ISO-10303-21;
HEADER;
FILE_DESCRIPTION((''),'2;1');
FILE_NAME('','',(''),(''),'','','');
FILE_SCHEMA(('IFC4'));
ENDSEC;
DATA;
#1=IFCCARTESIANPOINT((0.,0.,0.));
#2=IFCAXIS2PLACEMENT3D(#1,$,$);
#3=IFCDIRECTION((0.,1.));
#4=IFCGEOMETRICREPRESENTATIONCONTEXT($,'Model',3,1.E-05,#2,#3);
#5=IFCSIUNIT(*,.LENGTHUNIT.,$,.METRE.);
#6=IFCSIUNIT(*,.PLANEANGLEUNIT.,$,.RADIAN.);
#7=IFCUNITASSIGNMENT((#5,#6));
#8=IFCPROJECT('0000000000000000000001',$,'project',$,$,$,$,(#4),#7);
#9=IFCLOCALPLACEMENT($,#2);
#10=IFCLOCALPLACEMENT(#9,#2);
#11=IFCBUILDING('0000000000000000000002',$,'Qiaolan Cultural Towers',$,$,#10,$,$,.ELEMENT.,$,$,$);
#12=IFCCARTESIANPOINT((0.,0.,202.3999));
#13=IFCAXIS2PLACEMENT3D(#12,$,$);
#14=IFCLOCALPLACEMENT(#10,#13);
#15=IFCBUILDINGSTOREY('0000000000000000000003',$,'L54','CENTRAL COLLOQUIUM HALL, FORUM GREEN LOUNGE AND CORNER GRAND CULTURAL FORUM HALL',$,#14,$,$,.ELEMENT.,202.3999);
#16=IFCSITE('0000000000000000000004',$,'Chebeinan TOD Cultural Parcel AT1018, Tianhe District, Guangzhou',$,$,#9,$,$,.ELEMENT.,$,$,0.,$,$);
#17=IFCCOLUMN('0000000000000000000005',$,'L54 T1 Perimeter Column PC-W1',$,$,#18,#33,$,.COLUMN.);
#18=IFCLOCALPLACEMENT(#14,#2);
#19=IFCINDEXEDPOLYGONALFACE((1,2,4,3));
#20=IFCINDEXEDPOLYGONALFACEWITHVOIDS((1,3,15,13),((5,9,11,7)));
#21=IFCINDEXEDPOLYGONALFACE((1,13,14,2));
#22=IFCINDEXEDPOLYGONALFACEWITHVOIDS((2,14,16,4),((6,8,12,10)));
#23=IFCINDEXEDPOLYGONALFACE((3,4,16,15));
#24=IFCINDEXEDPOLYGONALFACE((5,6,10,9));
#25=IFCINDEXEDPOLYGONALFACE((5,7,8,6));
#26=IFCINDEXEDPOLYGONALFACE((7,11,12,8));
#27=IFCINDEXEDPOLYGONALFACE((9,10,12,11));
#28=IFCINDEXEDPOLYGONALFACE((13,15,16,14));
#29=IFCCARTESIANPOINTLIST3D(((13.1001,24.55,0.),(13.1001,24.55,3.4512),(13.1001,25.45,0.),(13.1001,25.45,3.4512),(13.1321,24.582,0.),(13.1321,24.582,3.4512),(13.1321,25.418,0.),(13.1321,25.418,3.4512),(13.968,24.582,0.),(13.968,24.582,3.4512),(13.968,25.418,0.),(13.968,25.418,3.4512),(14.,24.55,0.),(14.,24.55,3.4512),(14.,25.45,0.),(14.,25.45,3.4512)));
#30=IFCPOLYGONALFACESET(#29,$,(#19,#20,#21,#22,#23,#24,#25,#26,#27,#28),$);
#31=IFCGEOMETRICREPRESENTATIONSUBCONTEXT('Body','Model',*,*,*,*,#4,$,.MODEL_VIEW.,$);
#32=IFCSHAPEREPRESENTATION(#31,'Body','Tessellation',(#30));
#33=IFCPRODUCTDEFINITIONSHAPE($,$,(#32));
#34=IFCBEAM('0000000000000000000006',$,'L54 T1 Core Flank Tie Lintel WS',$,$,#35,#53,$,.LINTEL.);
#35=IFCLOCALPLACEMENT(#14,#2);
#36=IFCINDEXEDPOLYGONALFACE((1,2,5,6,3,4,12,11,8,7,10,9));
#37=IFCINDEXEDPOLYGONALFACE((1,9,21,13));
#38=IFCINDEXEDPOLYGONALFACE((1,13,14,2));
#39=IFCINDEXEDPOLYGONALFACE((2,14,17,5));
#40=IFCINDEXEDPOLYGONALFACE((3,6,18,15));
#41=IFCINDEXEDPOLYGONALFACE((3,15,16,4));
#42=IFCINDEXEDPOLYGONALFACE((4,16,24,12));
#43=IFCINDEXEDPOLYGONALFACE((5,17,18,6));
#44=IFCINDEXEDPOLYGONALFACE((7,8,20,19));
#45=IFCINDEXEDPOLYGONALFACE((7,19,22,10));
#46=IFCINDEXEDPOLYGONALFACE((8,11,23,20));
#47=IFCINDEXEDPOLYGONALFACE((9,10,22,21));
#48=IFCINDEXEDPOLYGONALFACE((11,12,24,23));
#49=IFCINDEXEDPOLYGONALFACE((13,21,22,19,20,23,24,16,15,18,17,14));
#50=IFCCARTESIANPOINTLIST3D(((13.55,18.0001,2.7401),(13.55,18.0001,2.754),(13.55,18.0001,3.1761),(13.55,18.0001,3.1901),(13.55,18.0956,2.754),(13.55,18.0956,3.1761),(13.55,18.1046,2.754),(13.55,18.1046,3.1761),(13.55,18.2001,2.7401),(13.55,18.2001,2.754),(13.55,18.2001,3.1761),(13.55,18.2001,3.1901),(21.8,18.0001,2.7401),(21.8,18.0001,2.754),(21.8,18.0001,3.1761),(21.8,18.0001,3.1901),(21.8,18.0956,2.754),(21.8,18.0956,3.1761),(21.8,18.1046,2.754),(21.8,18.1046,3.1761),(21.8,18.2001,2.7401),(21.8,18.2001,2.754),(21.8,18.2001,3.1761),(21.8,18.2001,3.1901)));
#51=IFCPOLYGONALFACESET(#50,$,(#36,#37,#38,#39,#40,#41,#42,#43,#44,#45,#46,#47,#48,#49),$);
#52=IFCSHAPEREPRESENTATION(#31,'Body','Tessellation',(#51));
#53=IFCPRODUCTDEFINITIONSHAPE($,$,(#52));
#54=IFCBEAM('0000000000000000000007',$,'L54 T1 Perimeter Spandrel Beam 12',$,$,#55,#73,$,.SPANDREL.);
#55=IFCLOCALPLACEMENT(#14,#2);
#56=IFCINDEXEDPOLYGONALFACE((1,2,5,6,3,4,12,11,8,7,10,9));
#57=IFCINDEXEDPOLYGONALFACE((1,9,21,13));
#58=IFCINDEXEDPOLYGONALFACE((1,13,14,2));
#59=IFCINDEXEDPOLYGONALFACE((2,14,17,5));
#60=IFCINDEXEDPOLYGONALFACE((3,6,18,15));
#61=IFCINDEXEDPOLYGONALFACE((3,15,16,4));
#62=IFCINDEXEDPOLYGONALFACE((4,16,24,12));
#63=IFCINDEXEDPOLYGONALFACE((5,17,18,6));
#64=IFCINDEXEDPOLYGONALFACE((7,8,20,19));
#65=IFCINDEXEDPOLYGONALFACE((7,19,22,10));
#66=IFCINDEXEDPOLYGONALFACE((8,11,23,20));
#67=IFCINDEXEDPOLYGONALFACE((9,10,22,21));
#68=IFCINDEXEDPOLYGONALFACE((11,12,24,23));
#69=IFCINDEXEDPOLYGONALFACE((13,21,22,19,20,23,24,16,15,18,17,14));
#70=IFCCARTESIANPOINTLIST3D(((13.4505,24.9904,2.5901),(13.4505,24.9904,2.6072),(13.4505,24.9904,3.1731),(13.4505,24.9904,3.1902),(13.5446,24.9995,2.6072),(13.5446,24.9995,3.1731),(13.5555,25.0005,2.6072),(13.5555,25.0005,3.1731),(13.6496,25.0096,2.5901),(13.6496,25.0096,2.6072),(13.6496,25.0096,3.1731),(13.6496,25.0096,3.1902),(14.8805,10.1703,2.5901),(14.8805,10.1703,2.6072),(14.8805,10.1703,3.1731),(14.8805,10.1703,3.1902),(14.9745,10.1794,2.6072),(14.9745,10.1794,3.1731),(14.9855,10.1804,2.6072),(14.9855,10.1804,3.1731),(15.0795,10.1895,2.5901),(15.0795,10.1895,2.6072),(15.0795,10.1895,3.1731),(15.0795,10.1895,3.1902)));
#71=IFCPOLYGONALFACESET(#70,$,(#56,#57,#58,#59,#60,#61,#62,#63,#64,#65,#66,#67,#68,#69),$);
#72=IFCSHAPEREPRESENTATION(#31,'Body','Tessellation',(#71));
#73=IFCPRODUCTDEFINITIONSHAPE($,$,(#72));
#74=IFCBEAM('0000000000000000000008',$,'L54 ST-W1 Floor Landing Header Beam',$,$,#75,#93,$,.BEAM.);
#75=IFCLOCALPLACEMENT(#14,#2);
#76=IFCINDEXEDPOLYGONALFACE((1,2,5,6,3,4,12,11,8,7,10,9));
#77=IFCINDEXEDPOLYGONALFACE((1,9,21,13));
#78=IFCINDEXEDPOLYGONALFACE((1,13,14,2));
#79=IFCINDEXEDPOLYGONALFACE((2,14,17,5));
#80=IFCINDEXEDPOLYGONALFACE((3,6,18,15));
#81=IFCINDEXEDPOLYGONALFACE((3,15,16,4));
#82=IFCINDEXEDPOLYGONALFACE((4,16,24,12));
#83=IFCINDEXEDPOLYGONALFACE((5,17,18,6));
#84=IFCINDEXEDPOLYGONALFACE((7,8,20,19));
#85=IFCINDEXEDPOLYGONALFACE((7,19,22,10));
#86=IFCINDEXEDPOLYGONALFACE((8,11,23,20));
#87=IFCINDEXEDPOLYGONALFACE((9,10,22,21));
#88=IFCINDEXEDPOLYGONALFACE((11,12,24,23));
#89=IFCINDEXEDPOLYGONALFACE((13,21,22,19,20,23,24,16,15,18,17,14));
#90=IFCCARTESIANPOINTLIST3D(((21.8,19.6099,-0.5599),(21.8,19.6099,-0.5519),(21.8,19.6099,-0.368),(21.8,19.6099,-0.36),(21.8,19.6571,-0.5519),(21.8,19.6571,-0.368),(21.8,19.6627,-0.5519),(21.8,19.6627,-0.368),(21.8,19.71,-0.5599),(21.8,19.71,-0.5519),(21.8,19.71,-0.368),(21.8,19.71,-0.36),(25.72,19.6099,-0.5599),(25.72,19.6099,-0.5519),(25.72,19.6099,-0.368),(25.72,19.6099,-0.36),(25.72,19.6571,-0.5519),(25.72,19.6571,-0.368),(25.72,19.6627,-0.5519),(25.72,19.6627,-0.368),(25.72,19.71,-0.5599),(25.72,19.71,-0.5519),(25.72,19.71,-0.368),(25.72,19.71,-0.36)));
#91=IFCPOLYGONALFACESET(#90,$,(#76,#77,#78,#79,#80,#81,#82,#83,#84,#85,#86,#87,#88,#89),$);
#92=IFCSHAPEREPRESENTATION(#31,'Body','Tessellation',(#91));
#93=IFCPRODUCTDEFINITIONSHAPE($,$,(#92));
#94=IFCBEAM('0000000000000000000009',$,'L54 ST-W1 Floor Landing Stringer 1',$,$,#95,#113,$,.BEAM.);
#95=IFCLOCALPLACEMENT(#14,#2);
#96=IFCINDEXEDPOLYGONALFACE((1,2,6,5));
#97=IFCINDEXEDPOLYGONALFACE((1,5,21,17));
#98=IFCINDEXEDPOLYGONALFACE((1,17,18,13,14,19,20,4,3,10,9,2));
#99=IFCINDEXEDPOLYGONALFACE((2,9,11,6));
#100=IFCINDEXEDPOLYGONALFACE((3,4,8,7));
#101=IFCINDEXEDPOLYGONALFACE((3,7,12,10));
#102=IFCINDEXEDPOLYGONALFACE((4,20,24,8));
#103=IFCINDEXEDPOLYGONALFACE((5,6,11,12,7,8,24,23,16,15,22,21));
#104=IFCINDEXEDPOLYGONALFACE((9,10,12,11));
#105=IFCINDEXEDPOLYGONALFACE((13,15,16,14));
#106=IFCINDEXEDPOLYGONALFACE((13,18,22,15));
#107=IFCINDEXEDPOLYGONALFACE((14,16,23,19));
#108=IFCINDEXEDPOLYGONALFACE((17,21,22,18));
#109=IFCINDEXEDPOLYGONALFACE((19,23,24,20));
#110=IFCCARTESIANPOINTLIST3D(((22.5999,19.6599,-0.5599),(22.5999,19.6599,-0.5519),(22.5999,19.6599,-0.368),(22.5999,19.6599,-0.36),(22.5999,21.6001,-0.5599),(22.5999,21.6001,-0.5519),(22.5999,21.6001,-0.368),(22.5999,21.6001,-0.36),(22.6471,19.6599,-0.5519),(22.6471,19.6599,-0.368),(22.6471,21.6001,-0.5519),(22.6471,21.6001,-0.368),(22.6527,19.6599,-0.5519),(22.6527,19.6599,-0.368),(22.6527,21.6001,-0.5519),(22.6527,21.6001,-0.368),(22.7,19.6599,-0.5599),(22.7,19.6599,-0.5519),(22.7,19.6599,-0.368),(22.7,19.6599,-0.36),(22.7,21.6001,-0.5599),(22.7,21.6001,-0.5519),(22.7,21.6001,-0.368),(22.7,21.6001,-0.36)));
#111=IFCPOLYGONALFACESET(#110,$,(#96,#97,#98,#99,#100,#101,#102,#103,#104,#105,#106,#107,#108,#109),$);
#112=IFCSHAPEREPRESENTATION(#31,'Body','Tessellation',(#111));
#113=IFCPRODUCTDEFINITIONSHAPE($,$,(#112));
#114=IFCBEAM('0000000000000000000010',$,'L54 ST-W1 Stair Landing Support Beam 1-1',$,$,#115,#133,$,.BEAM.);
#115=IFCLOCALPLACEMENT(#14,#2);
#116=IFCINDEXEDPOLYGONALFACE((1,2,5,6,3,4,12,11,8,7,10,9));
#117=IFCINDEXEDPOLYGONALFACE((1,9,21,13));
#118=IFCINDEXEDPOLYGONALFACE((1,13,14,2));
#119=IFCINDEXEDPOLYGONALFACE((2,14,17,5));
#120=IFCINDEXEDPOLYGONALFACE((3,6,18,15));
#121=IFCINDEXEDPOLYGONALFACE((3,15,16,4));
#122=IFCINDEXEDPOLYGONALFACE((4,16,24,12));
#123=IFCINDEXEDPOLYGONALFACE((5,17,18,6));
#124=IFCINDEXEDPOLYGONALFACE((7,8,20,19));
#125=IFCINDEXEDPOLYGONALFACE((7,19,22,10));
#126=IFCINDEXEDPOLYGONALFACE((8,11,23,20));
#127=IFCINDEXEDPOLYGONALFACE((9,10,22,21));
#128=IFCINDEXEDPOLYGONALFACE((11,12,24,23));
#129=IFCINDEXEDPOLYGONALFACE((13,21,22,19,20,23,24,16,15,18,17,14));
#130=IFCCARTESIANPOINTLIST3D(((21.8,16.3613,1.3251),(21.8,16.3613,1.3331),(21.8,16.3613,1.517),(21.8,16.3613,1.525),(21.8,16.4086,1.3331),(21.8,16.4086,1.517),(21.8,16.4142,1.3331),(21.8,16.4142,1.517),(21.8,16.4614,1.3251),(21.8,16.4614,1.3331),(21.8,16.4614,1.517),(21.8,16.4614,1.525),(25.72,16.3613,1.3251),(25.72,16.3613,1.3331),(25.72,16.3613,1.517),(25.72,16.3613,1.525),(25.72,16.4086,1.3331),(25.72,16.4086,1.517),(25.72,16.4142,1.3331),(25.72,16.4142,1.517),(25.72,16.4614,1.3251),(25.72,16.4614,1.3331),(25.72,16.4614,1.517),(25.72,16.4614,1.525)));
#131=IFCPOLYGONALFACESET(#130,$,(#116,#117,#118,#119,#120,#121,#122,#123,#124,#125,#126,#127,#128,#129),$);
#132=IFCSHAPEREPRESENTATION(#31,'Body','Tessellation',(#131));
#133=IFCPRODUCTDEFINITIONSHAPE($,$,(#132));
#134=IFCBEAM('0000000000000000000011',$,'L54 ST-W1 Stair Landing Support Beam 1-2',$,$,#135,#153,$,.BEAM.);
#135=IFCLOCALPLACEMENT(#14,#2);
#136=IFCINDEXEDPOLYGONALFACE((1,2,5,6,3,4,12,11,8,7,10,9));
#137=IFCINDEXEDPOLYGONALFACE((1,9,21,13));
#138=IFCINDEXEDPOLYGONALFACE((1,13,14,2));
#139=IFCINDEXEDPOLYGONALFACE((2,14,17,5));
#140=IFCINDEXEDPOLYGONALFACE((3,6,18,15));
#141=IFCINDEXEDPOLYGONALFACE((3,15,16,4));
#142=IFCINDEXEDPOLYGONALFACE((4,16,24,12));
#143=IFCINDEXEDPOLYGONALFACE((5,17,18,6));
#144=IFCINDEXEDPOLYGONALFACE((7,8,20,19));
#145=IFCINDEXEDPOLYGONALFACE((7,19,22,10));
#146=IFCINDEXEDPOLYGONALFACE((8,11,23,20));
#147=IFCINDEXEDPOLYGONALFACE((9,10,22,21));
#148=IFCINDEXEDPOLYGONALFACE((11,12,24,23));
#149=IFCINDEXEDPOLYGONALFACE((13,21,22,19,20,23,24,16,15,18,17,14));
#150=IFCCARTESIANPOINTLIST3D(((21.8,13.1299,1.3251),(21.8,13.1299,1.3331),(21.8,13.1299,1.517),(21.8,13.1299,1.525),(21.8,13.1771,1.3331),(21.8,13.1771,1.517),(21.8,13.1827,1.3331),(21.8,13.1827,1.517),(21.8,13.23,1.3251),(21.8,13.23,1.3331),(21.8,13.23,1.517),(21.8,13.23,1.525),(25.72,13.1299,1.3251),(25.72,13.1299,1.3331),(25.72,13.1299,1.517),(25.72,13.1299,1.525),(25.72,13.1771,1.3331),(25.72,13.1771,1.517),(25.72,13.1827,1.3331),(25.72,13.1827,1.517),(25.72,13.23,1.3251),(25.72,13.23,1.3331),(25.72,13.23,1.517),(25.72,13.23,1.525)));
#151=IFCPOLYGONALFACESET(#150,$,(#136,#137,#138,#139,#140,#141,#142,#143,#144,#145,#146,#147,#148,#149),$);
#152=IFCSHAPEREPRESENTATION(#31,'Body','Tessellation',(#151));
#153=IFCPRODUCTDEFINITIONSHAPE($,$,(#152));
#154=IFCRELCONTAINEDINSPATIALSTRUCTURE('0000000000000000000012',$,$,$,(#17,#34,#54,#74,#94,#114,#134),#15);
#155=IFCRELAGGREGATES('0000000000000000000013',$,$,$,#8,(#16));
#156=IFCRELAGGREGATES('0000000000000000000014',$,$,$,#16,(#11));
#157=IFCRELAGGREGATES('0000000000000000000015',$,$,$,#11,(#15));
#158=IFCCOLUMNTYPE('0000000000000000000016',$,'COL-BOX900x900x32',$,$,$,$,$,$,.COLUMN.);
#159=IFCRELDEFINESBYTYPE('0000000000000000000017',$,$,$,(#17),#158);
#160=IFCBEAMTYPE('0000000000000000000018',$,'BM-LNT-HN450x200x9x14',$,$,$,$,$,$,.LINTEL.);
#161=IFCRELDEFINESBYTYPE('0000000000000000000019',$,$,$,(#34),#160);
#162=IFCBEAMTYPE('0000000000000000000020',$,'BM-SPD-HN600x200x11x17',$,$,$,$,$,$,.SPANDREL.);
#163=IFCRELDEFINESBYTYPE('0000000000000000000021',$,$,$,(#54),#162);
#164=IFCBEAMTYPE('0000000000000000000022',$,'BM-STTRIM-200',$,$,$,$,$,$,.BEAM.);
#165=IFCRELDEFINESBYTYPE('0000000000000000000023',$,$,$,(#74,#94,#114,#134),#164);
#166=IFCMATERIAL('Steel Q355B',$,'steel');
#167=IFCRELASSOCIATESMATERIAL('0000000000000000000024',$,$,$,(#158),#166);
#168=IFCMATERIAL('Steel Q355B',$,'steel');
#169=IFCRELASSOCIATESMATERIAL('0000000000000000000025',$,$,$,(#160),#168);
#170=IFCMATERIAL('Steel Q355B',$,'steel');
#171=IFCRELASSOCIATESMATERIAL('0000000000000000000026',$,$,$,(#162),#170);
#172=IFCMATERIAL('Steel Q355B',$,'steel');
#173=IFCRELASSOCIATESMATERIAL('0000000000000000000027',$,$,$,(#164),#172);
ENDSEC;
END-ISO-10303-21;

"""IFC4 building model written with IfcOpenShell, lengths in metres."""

from ifc_helpers import new_model, si_unit, direction, frame, origin, origin_2d, place, context, subcontext, project, spatial, hollow_rectangle, i_section, extrude, material, material_profile, profile_set, type_object, element, save


model = new_model("IFC4")

# Units and contexts
model_context = context("Model", 3, precision=1e-05, world=origin(), true_north=direction((0.0, 1.0)))
body_context = subcontext(model_context, "Body", "Model", "MODEL_VIEW")
ifc_project = project(units=[si_unit("LENGTHUNIT", "METRE"), si_unit("PLANEANGLEUNIT", "RADIAN")], contexts=[model_context])

# Site, building, storey
site_placement = place(None, origin())
site = spatial("IfcSite", under=ifc_project, at=site_placement, Name="Chebeinan TOD Cultural Parcel AT1018, Tianhe District, Guangzhou", CompositionType="ELEMENT", RefElevation=0.0)
building_placement = place(site_placement, origin())
building = spatial("IfcBuilding", under=site, at=building_placement, Name="Qiaolan Cultural Towers", CompositionType="ELEMENT")
storey_placement = place(building_placement, frame((0.0, 0.0, 202.3999)))
storey = spatial("IfcBuildingStorey", under=building, at=storey_placement, Name="L54", Description="CENTRAL COLLOQUIUM HALL, FORUM GREEN LOUNGE AND CORNER GRAND CULTURAL FORUM HALL", CompositionType="ELEMENT", Elevation=202.3999)

# Column
ifc_material_1 = material(Name="Steel Q355B", Category="steel")
ifc_material_profile_1 = material_profile(ifc_material_1, hollow_rectangle(XDim=0.8999, YDim=0.8999, WallThickness=0.032, at=origin_2d()), Name="BOX900x900x32")
ifc_profile_set_1 = profile_set([ifc_material_profile_1], Name="Steel Q355B")
column_type = type_object("IfcColumnType", Name="COL-BOX900x900x32", PredefinedType="COLUMN", material=ifc_profile_set_1)
column_placement = place(storey_placement, frame((13.55, 25.0, 0.0), z_axis=(0.0, 0.0, 1.0), x_axis=(1.0, 0.0, 0.0)))
element("IfcColumn", 1, at=column_placement, inside=storey, type_object=column_type, Name="L54 T1 Perimeter Column PC-W1", PredefinedType="COLUMN", context=body_context, shape_type="SweptSolid", body=[
    extrude(hollow_rectangle(XDim=0.8999, YDim=0.8999, WallThickness=0.032, at=origin_2d()), origin(), (0.0, 0.0, 1.0), 3.4512),
])

# Beams
ifc_material_2 = material(Name="Steel Q355B", Category="steel")
ifc_material_profile_2 = material_profile(ifc_material_2, i_section(OverallWidth=0.2, OverallDepth=0.45, WebThickness=0.009, FlangeThickness=0.0139, at=origin_2d()), Name="HN450x200x9x14")
ifc_profile_set_2 = profile_set([ifc_material_profile_2], Name="Steel Q355B")
beam_type_1 = type_object("IfcBeamType", Name="BM-LNT-HN450x200x9x14", PredefinedType="LINTEL", material=ifc_profile_set_2)
beam_1_placement = place(storey_placement, frame((21.8, 18.1001, 2.9651), z_axis=(-1.0, 0.0, 0.0), x_axis=(0.0, -1.0, 0.0)))
element("IfcBeam", 2, at=beam_1_placement, inside=storey, type_object=beam_type_1, Name="L54 T1 Core Flank Tie Lintel WS", PredefinedType="LINTEL", context=body_context, shape_type="SweptSolid", body=[
    extrude(i_section(OverallWidth=0.2, OverallDepth=0.45, WebThickness=0.009, FlangeThickness=0.0139, at=origin_2d()), origin(), (0.0, 0.0, 1.0), 8.25),
])
ifc_material_3 = material(Name="Steel Q355B", Category="steel")
ifc_material_profile_3 = material_profile(ifc_material_3, i_section(OverallWidth=0.2, OverallDepth=0.6001, WebThickness=0.011, FlangeThickness=0.0171, at=origin_2d()), Name="HN600x200x11x17")
ifc_profile_set_3 = profile_set([ifc_material_profile_3], Name="Steel Q355B")
beam_type_2 = type_object("IfcBeamType", Name="BM-SPD-HN600x200x11x17", PredefinedType="SPANDREL", material=ifc_profile_set_3)
beam_2_placement = place(storey_placement, frame((13.55, 25.0, 2.8901), z_axis=(0.09604, -0.995377, 0.0), x_axis=(0.995377, 0.09604, 0.0)))
element("IfcBeam", 3, at=beam_2_placement, inside=storey, type_object=beam_type_2, Name="L54 T1 Perimeter Spandrel Beam 12", PredefinedType="SPANDREL", context=body_context, shape_type="SweptSolid", body=[
    extrude(i_section(OverallWidth=0.2, OverallDepth=0.6001, WebThickness=0.011, FlangeThickness=0.0171, at=origin_2d()), origin(), (0.0, 0.0, 1.0), 14.8889),
])
ifc_material_4 = material(Name="Steel Q355B", Category="steel")
ifc_material_profile_4 = material_profile(ifc_material_4, i_section(OverallWidth=0.1001, OverallDepth=0.2, WebThickness=0.0056, FlangeThickness=0.0081, at=origin_2d()), Name="HN200x100x5.5x8")
ifc_profile_set_4 = profile_set([ifc_material_profile_4], Name="Steel Q355B")
beam_type_3 = type_object("IfcBeamType", Name="BM-STTRIM-200", PredefinedType="BEAM", material=ifc_profile_set_4)
beam_3_placement = place(storey_placement, frame((21.8, 19.6599, -0.46), z_axis=(1.0, 0.0, 0.0), x_axis=(0.0, 1.0, 0.0)))
element("IfcBeam", 4, at=beam_3_placement, inside=storey, type_object=beam_type_3, Name="L54 ST-W1 Floor Landing Header Beam", PredefinedType="BEAM", context=body_context, shape_type="SweptSolid", body=[
    extrude(i_section(OverallWidth=0.1001, OverallDepth=0.2, WebThickness=0.0056, FlangeThickness=0.0081, at=origin_2d()), origin(), (0.0, 0.0, 1.0), 3.9199),
])
beam_4_placement = place(storey_placement, frame((22.6499, 21.6001, -0.46), z_axis=(0.0, -1.0, 0.0), x_axis=(1.0, 0.0, 0.0)))
element("IfcBeam", 5, at=beam_4_placement, inside=storey, type_object=beam_type_3, Name="L54 ST-W1 Floor Landing Stringer 1", PredefinedType="BEAM", context=body_context, shape_type="SweptSolid", body=[
    extrude(i_section(OverallWidth=0.1001, OverallDepth=0.2, WebThickness=0.0056, FlangeThickness=0.0081, at=origin_2d()), origin(), (0.0, 0.0, 1.0), 1.9402),
])
for number, where, z_axis, x_axis, name in (
    (6, (21.8, 16.4114, 1.425), (1.0, 0.0, 0.0), (0.0, 1.0, 0.0), "L54 ST-W1 Stair Landing Support Beam 1-1"),
    (7, (21.8, 13.1799, 1.425), (1.0, 0.0, 0.0), (0.0, 1.0, 0.0), "L54 ST-W1 Stair Landing Support Beam 1-2"),
):
    element("IfcBeam", number, at=place(storey_placement, frame(where, z_axis=z_axis, x_axis=x_axis)), inside=storey, type_object=beam_type_3, Name=name, PredefinedType="BEAM", context=body_context, shape_type="SweptSolid", body=[
        extrude(i_section(OverallWidth=0.1001, OverallDepth=0.2, WebThickness=0.0056, FlangeThickness=0.0081, at=origin_2d()), origin(), (0.0, 0.0, 1.0), 3.9199),
    ])

save(model, "model.ifc")
